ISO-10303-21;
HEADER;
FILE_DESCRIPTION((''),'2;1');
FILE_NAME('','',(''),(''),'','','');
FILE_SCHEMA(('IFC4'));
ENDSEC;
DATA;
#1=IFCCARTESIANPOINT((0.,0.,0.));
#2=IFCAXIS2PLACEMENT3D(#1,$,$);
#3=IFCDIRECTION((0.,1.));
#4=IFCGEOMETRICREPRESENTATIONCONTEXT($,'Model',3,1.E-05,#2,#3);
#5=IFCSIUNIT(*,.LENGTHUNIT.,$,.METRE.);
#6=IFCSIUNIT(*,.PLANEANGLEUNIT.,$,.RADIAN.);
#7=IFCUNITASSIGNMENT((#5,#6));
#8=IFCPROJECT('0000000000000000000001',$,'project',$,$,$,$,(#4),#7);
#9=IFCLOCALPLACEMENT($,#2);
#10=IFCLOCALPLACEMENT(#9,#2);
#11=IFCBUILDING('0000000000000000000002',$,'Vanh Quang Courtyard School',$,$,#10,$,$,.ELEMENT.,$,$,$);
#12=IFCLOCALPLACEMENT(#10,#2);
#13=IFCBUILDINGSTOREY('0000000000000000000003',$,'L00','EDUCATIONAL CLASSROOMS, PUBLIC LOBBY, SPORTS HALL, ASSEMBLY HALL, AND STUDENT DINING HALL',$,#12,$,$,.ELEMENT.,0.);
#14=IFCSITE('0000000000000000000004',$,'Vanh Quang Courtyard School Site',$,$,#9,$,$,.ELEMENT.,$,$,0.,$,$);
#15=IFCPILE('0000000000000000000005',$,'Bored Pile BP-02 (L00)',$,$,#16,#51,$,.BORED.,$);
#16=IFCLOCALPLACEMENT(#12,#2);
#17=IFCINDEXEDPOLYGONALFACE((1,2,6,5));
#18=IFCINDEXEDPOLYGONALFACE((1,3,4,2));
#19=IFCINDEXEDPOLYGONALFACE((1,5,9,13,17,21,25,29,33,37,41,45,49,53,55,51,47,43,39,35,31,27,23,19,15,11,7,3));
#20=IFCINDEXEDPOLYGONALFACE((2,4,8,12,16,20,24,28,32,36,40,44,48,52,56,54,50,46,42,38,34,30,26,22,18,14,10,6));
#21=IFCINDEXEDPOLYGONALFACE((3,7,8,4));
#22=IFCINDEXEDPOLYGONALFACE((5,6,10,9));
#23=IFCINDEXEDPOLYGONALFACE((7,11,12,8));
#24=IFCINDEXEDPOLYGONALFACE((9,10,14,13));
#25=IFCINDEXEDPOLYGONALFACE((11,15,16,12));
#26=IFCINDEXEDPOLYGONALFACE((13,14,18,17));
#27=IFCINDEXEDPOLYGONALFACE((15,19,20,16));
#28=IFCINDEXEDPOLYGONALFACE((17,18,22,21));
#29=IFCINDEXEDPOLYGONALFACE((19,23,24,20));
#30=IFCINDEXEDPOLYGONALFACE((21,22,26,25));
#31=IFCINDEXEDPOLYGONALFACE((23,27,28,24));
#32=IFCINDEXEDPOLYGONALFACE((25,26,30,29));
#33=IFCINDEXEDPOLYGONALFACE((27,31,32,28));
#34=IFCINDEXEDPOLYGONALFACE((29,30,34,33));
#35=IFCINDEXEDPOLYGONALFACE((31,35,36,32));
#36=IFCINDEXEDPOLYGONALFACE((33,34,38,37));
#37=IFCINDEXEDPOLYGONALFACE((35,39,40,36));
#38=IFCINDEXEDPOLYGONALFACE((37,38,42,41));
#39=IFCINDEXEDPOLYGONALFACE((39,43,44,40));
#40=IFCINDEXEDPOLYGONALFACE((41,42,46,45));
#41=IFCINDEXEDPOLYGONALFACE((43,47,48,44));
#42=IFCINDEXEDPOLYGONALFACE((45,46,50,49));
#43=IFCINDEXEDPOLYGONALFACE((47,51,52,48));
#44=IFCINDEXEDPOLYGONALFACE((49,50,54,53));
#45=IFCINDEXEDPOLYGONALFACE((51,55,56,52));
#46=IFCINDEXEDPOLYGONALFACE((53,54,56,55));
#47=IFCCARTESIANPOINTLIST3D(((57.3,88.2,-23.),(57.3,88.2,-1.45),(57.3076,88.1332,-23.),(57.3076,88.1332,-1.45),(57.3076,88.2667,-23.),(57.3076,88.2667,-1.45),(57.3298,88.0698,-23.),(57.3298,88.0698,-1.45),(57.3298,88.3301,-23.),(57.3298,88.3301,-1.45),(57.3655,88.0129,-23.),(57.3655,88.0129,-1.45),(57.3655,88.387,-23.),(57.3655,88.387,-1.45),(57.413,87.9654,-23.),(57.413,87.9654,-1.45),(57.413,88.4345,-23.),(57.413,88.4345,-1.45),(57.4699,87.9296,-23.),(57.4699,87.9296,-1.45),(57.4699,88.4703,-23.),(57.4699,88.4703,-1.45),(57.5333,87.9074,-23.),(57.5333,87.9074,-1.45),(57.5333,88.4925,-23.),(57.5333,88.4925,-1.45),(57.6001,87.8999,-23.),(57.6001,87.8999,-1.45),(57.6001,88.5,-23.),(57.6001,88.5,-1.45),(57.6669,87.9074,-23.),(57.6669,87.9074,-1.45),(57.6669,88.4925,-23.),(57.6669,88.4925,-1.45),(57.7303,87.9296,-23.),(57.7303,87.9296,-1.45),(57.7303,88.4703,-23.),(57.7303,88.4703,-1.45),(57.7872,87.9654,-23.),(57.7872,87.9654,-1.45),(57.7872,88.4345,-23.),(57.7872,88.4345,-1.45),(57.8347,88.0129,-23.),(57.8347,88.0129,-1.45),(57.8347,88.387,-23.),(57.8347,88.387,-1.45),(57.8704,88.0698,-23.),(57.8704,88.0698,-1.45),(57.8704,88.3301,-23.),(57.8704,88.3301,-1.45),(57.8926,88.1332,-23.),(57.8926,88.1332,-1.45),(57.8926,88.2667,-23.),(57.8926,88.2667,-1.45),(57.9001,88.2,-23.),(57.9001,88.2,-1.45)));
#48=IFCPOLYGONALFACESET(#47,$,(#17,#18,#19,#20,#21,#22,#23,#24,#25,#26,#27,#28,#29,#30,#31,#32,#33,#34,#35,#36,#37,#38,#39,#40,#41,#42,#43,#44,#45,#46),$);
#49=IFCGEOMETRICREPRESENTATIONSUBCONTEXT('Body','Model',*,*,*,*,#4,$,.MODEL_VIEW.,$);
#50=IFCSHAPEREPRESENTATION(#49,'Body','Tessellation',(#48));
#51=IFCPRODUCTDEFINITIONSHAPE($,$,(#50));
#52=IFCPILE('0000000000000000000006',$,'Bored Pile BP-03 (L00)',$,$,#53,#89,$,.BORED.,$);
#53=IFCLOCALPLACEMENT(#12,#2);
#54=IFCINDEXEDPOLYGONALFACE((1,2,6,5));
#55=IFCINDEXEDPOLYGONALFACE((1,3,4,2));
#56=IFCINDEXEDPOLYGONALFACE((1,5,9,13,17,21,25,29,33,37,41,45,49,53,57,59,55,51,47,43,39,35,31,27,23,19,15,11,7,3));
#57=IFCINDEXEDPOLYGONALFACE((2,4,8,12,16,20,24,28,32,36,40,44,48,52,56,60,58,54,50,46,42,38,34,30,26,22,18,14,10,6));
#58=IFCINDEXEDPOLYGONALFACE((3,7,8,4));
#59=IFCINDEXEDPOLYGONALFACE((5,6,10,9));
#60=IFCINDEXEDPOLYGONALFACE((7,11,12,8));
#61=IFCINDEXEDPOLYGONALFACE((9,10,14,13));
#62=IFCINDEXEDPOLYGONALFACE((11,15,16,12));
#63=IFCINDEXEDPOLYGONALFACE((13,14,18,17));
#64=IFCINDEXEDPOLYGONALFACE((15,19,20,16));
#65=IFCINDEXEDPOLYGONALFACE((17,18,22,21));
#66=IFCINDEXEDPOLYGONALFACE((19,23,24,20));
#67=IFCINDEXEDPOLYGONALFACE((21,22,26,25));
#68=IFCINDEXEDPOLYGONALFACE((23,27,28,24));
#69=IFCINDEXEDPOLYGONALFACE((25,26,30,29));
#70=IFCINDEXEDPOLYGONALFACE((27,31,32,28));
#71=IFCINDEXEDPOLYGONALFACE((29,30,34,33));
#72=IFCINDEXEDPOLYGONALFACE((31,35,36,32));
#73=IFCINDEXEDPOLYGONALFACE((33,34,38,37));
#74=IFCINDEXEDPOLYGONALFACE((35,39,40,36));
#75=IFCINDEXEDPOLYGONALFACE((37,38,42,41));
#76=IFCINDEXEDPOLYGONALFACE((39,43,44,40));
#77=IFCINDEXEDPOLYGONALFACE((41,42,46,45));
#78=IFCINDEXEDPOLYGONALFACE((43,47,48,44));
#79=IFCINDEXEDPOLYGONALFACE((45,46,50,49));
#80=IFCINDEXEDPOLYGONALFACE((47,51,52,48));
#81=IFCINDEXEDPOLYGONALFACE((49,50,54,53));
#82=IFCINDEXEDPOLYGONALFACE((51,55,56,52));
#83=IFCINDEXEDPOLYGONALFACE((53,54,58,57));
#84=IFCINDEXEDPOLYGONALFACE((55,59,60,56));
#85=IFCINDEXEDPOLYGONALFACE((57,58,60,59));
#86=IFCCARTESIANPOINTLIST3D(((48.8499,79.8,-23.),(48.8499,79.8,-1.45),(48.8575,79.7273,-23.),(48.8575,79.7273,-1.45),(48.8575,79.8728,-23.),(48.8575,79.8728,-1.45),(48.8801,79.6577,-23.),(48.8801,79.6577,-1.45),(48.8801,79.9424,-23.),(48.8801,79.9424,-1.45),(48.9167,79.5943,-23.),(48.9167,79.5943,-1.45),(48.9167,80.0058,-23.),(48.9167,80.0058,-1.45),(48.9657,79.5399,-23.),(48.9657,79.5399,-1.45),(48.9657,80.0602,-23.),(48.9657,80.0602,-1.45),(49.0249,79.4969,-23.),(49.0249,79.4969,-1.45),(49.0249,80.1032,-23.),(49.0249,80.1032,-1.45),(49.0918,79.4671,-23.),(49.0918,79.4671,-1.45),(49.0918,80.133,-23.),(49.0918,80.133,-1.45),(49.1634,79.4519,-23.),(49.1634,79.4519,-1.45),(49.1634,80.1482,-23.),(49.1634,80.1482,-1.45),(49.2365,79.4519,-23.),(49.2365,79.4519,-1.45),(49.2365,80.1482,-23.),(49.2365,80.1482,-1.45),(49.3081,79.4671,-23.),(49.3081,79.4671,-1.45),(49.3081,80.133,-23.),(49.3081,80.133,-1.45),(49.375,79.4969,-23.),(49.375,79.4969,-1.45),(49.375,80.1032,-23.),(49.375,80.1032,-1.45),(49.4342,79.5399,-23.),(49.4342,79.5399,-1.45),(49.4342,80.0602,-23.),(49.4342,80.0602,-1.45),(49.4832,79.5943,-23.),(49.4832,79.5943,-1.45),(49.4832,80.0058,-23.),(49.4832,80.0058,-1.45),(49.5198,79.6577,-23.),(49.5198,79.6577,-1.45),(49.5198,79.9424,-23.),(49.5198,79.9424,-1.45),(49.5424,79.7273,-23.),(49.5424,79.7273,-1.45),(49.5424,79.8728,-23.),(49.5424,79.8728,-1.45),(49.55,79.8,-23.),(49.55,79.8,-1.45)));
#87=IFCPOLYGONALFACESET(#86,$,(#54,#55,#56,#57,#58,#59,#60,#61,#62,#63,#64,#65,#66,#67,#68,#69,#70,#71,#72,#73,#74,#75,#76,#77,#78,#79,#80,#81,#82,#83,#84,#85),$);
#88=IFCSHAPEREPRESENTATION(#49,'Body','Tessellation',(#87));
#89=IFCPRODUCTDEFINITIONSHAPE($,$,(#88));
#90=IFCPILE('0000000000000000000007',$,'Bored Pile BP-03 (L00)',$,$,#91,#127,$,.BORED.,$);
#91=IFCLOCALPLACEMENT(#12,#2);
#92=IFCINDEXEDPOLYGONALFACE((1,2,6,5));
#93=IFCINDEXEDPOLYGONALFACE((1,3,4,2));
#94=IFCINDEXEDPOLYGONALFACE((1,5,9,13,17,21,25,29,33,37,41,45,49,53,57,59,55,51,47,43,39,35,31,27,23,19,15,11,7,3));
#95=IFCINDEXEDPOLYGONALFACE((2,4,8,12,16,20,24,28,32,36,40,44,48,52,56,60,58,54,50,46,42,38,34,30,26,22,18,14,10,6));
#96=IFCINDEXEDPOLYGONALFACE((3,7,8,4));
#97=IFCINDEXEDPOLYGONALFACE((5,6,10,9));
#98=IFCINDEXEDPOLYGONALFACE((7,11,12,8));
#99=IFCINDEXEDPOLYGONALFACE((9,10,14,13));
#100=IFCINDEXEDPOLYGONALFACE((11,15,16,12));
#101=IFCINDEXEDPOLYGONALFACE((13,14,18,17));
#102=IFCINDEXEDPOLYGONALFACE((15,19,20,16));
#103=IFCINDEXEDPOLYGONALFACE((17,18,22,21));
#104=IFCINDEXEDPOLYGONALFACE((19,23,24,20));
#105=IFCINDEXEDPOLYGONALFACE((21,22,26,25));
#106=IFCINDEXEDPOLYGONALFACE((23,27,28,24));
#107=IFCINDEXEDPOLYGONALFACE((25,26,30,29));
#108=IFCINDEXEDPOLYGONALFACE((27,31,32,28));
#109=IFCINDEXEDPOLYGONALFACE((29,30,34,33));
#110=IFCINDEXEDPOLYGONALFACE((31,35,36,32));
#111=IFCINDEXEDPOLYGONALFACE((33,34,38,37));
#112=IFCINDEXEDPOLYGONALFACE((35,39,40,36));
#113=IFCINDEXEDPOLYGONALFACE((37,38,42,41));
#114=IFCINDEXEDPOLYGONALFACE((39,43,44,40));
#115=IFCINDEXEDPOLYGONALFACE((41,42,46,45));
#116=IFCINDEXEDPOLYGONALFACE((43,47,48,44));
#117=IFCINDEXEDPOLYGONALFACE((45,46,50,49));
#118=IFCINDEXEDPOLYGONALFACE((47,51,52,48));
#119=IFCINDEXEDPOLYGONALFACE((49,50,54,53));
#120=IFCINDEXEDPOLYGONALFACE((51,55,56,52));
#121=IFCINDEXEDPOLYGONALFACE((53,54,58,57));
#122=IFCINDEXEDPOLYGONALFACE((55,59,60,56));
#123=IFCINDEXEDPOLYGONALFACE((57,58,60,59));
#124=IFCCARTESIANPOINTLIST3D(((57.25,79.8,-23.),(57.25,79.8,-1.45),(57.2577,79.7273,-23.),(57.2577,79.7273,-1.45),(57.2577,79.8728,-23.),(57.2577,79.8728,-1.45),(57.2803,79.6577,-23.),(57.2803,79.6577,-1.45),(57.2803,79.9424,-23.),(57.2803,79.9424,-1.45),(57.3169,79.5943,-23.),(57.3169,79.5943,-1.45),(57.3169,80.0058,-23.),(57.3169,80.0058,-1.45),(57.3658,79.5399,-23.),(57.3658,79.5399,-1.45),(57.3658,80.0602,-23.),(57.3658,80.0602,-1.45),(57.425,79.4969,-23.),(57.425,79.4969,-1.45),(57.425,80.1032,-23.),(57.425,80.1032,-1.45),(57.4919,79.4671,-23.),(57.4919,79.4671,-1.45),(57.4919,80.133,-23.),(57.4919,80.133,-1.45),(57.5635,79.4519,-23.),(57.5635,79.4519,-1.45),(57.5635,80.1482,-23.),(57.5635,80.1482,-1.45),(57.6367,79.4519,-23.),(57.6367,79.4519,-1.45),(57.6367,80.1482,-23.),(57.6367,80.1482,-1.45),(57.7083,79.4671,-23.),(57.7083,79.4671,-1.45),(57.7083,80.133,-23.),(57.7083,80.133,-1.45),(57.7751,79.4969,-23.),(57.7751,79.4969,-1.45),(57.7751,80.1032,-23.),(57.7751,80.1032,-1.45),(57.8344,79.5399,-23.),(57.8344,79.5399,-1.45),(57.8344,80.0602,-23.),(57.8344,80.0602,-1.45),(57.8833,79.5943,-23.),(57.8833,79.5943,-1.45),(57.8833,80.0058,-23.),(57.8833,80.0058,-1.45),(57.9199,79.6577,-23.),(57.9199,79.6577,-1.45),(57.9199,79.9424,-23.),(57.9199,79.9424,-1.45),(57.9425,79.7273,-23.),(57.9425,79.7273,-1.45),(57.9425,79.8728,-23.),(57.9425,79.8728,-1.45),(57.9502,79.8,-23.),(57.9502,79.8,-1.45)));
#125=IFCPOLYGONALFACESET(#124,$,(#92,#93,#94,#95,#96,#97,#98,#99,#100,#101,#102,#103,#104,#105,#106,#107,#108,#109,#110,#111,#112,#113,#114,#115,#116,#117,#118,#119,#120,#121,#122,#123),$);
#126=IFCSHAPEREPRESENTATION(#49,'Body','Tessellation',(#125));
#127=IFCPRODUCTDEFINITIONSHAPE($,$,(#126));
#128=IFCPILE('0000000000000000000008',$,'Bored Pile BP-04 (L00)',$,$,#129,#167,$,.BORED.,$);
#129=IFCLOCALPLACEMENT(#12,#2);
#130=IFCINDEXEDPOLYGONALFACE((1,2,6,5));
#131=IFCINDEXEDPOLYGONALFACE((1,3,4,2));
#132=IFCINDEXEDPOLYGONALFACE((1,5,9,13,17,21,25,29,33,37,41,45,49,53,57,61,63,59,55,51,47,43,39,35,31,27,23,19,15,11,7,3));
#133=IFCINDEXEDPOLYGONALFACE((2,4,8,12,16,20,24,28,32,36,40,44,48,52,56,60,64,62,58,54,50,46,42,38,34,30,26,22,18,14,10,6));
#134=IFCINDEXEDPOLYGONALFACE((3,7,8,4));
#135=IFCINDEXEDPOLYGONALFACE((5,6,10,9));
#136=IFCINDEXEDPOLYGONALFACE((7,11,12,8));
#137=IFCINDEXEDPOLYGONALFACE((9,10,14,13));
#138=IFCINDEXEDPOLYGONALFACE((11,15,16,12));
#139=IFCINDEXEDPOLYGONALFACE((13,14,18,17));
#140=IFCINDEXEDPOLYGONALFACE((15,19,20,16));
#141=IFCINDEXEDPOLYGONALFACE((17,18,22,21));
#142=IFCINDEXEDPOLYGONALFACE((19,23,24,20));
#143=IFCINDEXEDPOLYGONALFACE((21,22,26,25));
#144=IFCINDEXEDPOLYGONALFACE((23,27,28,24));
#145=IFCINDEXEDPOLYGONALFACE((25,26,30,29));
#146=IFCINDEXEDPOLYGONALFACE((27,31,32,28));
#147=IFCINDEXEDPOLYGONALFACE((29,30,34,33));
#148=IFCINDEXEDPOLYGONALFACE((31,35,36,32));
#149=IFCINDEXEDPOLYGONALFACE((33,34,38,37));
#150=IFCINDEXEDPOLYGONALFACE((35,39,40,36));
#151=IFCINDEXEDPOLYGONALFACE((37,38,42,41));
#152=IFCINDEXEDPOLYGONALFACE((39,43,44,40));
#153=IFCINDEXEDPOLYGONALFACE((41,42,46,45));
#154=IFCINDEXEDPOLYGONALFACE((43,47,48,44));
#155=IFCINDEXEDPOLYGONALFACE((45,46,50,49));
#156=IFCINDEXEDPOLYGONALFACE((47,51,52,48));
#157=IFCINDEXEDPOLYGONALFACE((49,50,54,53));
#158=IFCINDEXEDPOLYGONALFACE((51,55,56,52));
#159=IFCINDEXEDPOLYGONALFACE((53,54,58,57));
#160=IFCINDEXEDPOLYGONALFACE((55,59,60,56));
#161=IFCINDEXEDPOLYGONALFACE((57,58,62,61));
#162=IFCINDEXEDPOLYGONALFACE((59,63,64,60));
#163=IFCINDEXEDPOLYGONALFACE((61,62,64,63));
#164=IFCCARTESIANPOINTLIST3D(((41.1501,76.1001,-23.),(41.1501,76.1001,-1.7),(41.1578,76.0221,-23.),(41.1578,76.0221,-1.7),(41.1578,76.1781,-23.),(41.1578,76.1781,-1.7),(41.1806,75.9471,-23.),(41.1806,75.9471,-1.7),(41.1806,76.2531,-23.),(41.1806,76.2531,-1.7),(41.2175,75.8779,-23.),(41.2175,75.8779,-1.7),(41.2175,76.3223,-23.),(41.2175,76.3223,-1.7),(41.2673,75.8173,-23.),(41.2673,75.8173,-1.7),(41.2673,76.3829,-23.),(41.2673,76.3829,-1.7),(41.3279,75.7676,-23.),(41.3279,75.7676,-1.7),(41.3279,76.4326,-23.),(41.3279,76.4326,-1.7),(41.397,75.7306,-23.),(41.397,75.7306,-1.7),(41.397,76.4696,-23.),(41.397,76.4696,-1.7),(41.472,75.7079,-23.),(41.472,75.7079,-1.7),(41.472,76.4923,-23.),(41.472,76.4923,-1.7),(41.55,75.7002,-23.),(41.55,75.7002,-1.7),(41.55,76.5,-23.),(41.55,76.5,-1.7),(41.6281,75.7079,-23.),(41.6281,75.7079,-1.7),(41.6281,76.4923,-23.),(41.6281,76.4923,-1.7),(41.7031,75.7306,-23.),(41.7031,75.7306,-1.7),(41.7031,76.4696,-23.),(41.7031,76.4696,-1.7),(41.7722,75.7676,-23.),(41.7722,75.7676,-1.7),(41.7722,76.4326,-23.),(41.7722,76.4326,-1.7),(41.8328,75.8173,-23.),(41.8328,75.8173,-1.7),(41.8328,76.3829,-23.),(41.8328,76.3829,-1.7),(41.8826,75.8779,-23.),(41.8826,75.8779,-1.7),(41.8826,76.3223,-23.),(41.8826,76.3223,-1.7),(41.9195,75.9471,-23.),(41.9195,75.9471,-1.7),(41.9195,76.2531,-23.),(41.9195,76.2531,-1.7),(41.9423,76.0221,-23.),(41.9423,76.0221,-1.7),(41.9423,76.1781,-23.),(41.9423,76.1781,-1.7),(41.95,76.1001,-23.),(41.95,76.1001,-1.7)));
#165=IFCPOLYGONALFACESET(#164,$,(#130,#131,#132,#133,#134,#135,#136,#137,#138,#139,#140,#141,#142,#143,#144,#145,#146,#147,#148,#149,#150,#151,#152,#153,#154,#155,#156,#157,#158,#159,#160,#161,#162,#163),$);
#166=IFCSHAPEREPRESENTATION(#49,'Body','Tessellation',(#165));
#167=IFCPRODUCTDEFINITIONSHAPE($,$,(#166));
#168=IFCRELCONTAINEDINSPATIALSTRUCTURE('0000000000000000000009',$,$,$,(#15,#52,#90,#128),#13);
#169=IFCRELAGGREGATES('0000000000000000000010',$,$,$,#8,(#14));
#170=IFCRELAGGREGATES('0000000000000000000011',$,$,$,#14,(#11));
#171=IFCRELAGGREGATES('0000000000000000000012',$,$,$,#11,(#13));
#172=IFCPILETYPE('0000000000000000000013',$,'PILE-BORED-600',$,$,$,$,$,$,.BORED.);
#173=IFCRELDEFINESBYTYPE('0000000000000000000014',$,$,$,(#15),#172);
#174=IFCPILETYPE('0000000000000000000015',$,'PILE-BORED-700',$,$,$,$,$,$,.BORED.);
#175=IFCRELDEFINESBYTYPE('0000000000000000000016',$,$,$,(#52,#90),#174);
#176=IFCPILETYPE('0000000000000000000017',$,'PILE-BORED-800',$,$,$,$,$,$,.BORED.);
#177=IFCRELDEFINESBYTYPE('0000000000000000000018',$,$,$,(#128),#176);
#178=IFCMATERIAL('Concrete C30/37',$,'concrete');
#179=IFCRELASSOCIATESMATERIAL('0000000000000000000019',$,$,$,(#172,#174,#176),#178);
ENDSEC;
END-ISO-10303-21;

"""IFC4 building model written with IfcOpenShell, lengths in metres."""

from ifc_helpers import new_model, si_unit, direction, frame, origin, origin_2d, place, context, subcontext, project, spatial, circle, extrude, material, material_profile, profile_set, type_object, element, save


model = new_model("IFC4")

# Units and contexts
model_context = context("Model", 3, precision=1e-05, world=origin(), true_north=direction((0.0, 1.0)))
body_context = subcontext(model_context, "Body", "Model", "MODEL_VIEW")
ifc_project = project(units=[si_unit("LENGTHUNIT", "METRE"), si_unit("PLANEANGLEUNIT", "RADIAN")], contexts=[model_context])

# Site, building, storey
site_placement = place(None, origin())
site = spatial("IfcSite", under=ifc_project, at=site_placement, Name="Vanh Quang Courtyard School Site", CompositionType="ELEMENT", RefElevation=0.0)
building_placement = place(site_placement, origin())
building = spatial("IfcBuilding", under=site, at=building_placement, Name="Vanh Quang Courtyard School", CompositionType="ELEMENT")
storey_placement = place(building_placement, origin())
storey = spatial("IfcBuildingStorey", under=building, at=storey_placement, Name="L00", Description="EDUCATIONAL CLASSROOMS, PUBLIC LOBBY, SPORTS HALL, ASSEMBLY HALL, AND STUDENT DINING HALL", CompositionType="ELEMENT", Elevation=0.0)

# Piles
ifc_material_1 = material(Name="Concrete C30/37", Category="concrete")
ifc_material_profile_1 = material_profile(ifc_material_1, circle(Radius=0.3, at=origin_2d()), Name="PILE D600")
ifc_profile_set_1 = profile_set([ifc_material_profile_1], Name="Concrete C30/37")
pile_type_1 = type_object("IfcPileType", Name="PILE-BORED-600", PredefinedType="BORED", material=ifc_profile_set_1)
for number, where, z_axis, x_axis, name in (
    (1, (57.6001, 88.2, -1.45), (0.0, 0.0, -1.0), (1.0, 0.0, 0.0), "Bored Pile BP-02 (L00)"),
):
    element("IfcPile", number, at=place(storey_placement, frame(where, z_axis=z_axis, x_axis=x_axis)), inside=storey, type_object=pile_type_1, Name=name, PredefinedType="BORED", context=body_context, shape_type="SweptSolid", body=[
        extrude(circle(Radius=0.3, at=origin_2d()), origin(), (0.0, 0.0, 1.0), 21.55),
    ])
ifc_material_profile_2 = material_profile(ifc_material_1, circle(Radius=0.3501, at=origin_2d()), Name="PILE D700")
ifc_profile_set_2 = profile_set([ifc_material_profile_2], Name="Concrete C30/37")
pile_type_2 = type_object("IfcPileType", Name="PILE-BORED-700", PredefinedType="BORED", material=ifc_profile_set_2)
for number, where, z_axis, x_axis, name in (
    (2, (49.2, 79.8, -1.45), (0.0, 0.0, -1.0), (1.0, 0.0, 0.0), "Bored Pile BP-03 (L00)"),
    (3, (57.6001, 79.8, -1.45), (0.0, 0.0, -1.0), (1.0, 0.0, 0.0), "Bored Pile BP-03 (L00)"),
):
    element("IfcPile", number, at=place(storey_placement, frame(where, z_axis=z_axis, x_axis=x_axis)), inside=storey, type_object=pile_type_2, Name=name, PredefinedType="BORED", context=body_context, shape_type="SweptSolid", body=[
        extrude(circle(Radius=0.3501, at=origin_2d()), origin(), (0.0, 0.0, 1.0), 21.55),
    ])
ifc_material_profile_3 = material_profile(ifc_material_1, circle(Radius=0.3999, at=origin_2d()), Name="PILE D800")
ifc_profile_set_3 = profile_set([ifc_material_profile_3], Name="Concrete C30/37")
pile_type_3 = type_object("IfcPileType", Name="PILE-BORED-800", PredefinedType="BORED", material=ifc_profile_set_3)
for number, where, z_axis, x_axis, name in (
    (4, (41.55, 76.1001, -1.7), (0.0, 0.0, -1.0), (1.0, 0.0, 0.0), "Bored Pile BP-04 (L00)"),
):
    element("IfcPile", number, at=place(storey_placement, frame(where, z_axis=z_axis, x_axis=x_axis)), inside=storey, type_object=pile_type_3, Name=name, PredefinedType="BORED", context=body_context, shape_type="SweptSolid", body=[
        extrude(circle(Radius=0.3999, at=origin_2d()), origin(), (0.0, 0.0, 1.0), 21.3),
    ])

save(model, "model.ifc")
